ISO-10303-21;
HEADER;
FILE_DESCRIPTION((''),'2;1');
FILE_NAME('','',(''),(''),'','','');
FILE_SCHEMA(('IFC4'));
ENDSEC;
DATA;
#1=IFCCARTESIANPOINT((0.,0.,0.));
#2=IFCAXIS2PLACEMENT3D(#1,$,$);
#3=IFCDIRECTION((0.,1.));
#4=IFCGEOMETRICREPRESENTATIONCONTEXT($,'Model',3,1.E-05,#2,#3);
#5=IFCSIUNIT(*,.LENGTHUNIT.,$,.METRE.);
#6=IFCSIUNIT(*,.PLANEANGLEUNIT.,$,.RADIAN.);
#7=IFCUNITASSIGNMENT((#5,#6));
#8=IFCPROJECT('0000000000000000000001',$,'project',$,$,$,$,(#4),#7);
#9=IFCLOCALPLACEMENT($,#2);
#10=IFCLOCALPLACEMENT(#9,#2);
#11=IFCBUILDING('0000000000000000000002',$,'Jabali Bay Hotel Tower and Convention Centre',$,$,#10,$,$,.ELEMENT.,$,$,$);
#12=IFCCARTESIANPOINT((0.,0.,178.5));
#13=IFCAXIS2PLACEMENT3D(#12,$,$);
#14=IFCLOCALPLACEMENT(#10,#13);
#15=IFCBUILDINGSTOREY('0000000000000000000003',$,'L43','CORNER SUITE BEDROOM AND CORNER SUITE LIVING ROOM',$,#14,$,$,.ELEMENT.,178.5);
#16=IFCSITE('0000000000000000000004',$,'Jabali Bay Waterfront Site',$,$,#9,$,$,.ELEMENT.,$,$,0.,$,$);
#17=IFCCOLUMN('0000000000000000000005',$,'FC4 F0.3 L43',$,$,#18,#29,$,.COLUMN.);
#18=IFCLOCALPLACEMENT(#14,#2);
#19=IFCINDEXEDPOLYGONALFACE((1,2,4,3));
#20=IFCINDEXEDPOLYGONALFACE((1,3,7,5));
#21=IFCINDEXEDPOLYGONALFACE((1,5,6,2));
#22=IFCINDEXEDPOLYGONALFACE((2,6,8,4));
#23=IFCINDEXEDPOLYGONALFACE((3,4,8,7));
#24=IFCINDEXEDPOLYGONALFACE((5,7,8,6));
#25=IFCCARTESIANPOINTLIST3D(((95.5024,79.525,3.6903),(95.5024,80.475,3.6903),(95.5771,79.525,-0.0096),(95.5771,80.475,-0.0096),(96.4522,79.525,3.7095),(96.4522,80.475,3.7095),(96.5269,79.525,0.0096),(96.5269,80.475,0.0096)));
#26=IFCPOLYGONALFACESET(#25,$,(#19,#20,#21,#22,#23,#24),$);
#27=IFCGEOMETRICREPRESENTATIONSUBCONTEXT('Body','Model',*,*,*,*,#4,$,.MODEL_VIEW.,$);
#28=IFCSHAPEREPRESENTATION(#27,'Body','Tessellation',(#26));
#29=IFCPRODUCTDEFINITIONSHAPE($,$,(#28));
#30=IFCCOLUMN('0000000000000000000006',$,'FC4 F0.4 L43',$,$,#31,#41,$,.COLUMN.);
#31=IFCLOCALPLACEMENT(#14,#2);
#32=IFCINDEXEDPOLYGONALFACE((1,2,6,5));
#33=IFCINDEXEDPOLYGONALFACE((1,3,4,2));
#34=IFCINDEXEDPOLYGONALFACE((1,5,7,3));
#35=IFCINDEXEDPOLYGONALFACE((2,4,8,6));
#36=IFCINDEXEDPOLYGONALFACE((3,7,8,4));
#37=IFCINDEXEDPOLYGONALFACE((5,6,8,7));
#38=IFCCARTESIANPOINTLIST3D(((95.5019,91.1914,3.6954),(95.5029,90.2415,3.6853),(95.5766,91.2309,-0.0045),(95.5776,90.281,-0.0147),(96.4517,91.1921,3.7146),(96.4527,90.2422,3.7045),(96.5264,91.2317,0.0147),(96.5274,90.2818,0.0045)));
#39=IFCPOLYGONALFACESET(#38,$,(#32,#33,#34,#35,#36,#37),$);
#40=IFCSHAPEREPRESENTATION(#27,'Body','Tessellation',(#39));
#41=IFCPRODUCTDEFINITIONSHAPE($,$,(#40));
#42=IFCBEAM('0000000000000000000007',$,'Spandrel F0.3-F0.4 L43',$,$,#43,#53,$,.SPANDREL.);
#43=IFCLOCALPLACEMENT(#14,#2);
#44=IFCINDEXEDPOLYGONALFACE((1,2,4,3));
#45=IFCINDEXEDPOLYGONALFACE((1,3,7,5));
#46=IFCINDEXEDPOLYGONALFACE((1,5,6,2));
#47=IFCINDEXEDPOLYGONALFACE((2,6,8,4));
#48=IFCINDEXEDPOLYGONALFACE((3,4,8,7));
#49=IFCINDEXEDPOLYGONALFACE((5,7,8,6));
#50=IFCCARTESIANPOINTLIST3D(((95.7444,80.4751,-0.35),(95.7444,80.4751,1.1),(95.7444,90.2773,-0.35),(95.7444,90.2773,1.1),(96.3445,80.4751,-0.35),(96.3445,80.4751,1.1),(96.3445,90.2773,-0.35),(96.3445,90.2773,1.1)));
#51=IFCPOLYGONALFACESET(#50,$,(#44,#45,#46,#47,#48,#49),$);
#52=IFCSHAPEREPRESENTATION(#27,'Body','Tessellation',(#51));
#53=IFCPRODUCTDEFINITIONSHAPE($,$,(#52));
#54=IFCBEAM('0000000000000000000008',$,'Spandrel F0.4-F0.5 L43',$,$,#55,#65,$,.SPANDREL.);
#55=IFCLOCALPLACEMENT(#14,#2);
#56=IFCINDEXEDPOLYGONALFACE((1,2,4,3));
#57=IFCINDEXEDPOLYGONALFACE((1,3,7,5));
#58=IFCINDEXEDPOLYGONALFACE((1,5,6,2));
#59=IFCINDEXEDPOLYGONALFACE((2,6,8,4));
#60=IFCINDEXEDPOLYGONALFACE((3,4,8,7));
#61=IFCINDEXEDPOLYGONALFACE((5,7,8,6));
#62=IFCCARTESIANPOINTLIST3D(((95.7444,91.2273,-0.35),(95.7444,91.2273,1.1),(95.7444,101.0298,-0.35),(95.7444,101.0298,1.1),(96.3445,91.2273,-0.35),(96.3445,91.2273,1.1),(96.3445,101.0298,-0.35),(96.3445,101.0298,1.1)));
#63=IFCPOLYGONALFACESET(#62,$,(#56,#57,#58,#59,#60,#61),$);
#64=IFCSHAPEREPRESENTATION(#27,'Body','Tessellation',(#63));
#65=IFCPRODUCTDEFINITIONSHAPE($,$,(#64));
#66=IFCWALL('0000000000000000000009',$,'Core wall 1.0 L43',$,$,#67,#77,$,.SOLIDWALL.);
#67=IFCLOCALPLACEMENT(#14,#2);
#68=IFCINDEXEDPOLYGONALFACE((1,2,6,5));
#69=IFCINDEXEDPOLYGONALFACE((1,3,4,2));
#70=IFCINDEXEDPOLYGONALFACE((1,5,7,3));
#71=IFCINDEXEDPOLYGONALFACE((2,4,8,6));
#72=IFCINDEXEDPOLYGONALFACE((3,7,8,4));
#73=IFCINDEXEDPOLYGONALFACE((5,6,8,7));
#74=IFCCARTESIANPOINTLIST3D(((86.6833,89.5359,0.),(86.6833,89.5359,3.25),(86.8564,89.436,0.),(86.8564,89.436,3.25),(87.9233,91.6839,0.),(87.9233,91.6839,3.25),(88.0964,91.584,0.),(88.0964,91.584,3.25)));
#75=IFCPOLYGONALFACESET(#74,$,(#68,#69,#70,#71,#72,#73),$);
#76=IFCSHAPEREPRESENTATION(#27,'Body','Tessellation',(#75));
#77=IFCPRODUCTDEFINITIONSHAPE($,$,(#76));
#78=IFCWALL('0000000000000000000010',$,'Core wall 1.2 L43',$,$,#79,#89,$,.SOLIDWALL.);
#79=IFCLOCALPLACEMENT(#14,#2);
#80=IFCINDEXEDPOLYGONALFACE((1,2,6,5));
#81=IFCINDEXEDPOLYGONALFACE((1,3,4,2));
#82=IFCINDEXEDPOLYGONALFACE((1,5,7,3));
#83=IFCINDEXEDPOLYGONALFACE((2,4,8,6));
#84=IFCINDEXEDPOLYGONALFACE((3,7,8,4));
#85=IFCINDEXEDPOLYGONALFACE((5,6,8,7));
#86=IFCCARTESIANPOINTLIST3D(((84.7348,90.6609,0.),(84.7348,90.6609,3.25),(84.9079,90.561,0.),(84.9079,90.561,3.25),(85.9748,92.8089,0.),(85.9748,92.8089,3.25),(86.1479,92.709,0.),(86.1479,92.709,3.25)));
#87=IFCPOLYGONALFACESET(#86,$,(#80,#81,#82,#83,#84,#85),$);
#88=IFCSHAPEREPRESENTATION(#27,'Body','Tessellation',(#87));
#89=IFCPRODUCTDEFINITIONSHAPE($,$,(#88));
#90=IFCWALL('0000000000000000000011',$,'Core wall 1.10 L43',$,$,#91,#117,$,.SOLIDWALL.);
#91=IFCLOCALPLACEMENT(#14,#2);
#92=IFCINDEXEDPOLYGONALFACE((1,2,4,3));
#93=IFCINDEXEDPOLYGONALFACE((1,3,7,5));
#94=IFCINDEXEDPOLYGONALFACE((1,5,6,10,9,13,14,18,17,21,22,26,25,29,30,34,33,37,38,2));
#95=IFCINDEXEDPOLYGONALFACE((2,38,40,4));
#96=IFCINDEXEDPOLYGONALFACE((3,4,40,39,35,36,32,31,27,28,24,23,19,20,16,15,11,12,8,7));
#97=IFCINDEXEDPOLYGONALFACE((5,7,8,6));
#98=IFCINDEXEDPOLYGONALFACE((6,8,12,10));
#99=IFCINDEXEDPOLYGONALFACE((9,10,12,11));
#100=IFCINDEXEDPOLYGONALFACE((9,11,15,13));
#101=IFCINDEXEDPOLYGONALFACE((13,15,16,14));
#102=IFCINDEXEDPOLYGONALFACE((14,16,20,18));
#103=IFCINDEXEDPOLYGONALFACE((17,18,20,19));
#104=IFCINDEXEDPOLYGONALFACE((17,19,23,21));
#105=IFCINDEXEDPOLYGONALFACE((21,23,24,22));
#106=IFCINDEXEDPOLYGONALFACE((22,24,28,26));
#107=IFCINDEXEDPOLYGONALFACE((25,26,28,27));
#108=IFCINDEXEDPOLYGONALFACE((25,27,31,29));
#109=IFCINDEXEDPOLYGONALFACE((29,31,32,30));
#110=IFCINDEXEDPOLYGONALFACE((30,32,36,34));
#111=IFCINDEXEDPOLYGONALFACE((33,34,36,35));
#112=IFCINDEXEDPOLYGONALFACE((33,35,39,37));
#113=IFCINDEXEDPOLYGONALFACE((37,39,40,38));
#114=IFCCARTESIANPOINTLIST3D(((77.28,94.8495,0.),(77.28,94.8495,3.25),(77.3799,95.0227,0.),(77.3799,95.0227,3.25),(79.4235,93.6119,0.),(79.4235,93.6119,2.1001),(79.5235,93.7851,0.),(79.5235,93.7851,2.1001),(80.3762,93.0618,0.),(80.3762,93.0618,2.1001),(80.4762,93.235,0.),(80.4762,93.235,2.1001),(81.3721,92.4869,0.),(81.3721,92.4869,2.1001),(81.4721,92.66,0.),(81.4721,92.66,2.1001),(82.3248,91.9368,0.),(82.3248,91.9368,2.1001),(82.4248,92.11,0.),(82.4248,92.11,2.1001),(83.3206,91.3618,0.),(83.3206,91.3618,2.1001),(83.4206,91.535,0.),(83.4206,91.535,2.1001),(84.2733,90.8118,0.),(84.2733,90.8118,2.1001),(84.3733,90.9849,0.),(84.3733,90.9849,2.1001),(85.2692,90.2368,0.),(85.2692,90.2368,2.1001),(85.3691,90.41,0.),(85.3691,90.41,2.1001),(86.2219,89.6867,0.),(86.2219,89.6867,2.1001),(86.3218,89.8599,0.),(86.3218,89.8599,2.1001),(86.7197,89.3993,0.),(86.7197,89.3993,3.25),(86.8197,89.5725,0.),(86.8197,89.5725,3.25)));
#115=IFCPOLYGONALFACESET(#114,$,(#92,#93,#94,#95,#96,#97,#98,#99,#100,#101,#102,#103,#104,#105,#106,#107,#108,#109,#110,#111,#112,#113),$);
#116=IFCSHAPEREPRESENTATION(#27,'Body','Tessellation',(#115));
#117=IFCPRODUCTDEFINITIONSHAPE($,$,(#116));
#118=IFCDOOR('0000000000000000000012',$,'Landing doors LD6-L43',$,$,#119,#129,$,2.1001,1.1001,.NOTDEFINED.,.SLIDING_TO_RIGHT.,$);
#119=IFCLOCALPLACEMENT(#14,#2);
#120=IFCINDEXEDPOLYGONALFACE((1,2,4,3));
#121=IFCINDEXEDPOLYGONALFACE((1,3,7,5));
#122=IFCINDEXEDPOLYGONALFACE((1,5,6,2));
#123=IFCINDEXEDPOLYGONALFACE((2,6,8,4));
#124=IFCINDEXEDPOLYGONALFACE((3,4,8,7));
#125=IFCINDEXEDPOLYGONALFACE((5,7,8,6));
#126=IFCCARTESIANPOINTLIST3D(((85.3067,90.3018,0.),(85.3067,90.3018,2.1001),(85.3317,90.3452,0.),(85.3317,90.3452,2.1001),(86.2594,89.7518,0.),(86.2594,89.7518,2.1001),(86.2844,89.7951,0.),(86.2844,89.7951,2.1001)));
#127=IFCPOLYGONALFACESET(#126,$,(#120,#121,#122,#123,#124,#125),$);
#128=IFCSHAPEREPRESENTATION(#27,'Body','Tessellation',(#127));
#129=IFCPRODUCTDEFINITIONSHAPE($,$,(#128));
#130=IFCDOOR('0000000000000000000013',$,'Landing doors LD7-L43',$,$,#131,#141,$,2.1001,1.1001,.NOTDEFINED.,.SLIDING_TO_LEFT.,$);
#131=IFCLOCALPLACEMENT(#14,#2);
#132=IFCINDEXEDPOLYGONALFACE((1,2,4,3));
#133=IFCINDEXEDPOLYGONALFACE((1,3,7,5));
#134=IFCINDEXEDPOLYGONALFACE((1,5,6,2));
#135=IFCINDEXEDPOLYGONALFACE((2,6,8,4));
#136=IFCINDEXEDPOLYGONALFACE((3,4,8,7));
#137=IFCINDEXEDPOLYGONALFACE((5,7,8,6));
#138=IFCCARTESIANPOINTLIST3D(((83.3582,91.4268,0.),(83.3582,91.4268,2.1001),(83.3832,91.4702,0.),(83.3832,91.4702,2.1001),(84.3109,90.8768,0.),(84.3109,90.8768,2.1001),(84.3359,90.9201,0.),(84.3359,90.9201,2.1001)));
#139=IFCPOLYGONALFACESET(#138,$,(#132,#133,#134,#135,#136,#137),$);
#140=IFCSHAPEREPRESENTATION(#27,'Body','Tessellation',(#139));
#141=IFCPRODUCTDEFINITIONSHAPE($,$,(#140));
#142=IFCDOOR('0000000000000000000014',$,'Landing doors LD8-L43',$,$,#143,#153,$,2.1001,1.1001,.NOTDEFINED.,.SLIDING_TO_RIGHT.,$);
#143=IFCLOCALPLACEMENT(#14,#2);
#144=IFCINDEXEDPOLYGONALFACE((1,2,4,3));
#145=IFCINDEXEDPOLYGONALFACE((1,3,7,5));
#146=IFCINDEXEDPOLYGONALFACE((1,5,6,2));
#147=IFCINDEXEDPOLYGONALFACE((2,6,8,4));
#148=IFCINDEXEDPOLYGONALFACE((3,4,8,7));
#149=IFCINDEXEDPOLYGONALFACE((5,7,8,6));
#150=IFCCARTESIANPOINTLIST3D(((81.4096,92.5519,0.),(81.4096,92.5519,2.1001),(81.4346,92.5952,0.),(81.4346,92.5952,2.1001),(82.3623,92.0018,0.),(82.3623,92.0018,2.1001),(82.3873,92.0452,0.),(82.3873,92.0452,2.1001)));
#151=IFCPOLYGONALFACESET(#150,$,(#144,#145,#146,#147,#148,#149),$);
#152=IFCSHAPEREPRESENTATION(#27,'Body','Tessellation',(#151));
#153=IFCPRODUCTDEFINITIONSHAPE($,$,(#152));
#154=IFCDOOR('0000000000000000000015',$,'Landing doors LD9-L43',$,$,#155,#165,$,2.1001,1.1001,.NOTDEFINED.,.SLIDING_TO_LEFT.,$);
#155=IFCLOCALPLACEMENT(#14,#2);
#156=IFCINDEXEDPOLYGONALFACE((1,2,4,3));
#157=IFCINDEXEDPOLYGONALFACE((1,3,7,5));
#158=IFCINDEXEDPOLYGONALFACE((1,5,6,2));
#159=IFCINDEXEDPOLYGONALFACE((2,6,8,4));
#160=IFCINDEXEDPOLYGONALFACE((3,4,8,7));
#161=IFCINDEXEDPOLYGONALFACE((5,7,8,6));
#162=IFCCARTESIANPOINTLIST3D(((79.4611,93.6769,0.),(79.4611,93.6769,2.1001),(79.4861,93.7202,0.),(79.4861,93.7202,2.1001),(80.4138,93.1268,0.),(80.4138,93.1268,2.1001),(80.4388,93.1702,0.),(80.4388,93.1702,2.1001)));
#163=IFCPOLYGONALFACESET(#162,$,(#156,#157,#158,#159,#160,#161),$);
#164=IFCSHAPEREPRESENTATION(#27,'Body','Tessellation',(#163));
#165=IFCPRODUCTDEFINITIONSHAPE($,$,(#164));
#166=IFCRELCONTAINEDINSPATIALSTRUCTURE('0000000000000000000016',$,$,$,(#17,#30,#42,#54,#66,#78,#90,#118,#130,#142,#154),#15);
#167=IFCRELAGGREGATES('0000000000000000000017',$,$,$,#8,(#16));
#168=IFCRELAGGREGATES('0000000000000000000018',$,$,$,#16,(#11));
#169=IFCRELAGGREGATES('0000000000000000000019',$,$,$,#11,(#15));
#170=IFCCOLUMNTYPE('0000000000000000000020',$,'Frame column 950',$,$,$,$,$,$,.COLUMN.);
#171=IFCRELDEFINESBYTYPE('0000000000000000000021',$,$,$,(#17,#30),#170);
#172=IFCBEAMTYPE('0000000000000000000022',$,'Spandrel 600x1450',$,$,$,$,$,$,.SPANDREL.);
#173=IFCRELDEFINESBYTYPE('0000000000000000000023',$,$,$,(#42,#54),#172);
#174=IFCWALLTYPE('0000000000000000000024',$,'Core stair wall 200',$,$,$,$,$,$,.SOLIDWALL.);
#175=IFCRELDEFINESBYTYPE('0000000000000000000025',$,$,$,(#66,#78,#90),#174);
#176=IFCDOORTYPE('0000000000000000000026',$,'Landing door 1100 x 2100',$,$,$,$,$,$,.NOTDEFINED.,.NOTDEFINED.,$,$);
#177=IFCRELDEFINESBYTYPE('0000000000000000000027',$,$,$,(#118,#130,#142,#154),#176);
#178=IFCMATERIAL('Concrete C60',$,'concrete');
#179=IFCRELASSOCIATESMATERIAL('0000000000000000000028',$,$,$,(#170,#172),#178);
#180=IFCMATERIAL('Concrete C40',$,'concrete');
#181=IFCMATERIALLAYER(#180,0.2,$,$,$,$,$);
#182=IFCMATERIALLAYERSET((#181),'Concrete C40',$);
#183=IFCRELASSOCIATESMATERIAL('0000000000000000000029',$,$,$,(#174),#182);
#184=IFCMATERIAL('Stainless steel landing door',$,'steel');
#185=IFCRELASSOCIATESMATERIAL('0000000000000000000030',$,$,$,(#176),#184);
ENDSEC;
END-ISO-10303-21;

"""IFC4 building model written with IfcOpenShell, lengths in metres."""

from ifc_helpers import new_model, si_unit, direction, frame, frame_2d, origin, origin_2d, place, context, subcontext, project, spatial, rectangle, extrude, material, layer, layer_set, material_profile, profile_set, type_object, element, fill, save


model = new_model("IFC4")

# Units and contexts
model_context = context("Model", 3, precision=1e-05, world=origin(), true_north=direction((0.0, 1.0)))
body_context = subcontext(model_context, "Body", "Model", "MODEL_VIEW")
ifc_project = project(units=[si_unit("LENGTHUNIT", "METRE"), si_unit("PLANEANGLEUNIT", "RADIAN")], contexts=[model_context])

# Site, building, storey
site_placement = place(None, origin())
site = spatial("IfcSite", under=ifc_project, at=site_placement, Name="Jabali Bay Waterfront Site", CompositionType="ELEMENT", RefElevation=0.0)
building_placement = place(site_placement, origin())
building = spatial("IfcBuilding", under=site, at=building_placement, Name="Jabali Bay Hotel Tower and Convention Centre", CompositionType="ELEMENT")
storey_placement = place(building_placement, frame((0.0, 0.0, 178.5)))
storey = spatial("IfcBuildingStorey", under=building, at=storey_placement, Name="L43", Description="CORNER SUITE BEDROOM AND CORNER SUITE LIVING ROOM", CompositionType="ELEMENT", Elevation=178.5)

# Columns
ifc_material_1 = material(Name="Concrete C60", Category="concrete")
ifc_material_profile_1 = material_profile(ifc_material_1, rectangle(XDim=0.95, YDim=0.95, at=origin_2d()), Name="Frame column 950")
ifc_profile_set_1 = profile_set([ifc_material_profile_1], Name="Concrete C60")
column_type = type_object("IfcColumnType", Name="Frame column 950", PredefinedType="COLUMN", material=ifc_profile_set_1)
column_1_placement = place(storey_placement, frame((96.052, 80.0, 0.0), z_axis=(-0.020187, 0.0, 0.999796), x_axis=(0.0, -1.0, 0.0)))
element("IfcColumn", 1, at=column_1_placement, inside=storey, type_object=column_type, Name="FC4 F0.3 L43", PredefinedType="COLUMN", context=body_context, shape_type="SweptSolid", body=[
    extrude(rectangle(XDim=0.95, YDim=0.95, at=origin_2d()), origin(), (0.0, 0.0, 1.0), 3.7007),
])
column_2_placement = place(storey_placement, frame((96.052, 90.7563, 0.0), z_axis=(-0.020186, -0.010687, 0.999739), x_axis=(0.999796, 0.000808, 0.020196)))
element("IfcColumn", 2, at=column_2_placement, inside=storey, type_object=column_type, Name="FC4 F0.4 L43", PredefinedType="COLUMN", context=body_context, shape_type="SweptSolid", body=[
    extrude(rectangle(XDim=0.95, YDim=0.95, at=origin_2d()), origin(), (0.0, 0.0, 1.0), 3.7009),
])

# Beams
ifc_material_profile_2 = material_profile(ifc_material_1, rectangle(XDim=0.6001, YDim=1.45, at=origin_2d()), Name="Spandrel 600x1450")
ifc_profile_set_2 = profile_set([ifc_material_profile_2], Name="Concrete C60")
beam_type = type_object("IfcBeamType", Name="Spandrel 600x1450", PredefinedType="SPANDREL", material=ifc_profile_set_2)
beam_1_placement = place(storey_placement, frame((96.0444, 80.4751, 0.375), z_axis=(0.0, 1.0, 0.0), x_axis=(-1.0, 0.0, 0.0)))
element("IfcBeam", 3, at=beam_1_placement, inside=storey, type_object=beam_type, Name="Spandrel F0.3-F0.4 L43", PredefinedType="SPANDREL", context=body_context, shape_type="SweptSolid", body=[
    extrude(rectangle(XDim=0.6001, YDim=1.45, at=origin_2d()), origin(), (0.0, 0.0, 1.0), 9.8022),
])
beam_2_placement = place(storey_placement, frame((96.0444, 91.2273, 0.375), z_axis=(0.0, 1.0, 0.0), x_axis=(-1.0, 0.0, 0.0)))
element("IfcBeam", 4, at=beam_2_placement, inside=storey, type_object=beam_type, Name="Spandrel F0.4-F0.5 L43", PredefinedType="SPANDREL", context=body_context, shape_type="SweptSolid", body=[
    extrude(rectangle(XDim=0.6001, YDim=1.45, at=origin_2d()), origin(), (0.0, 0.0, 1.0), 9.8025),
])

# Walls
ifc_material_2 = material(Name="Concrete C40", Category="concrete")
ifc_layer_1 = layer(ifc_material_2, 0.2)
ifc_layer_set_1 = layer_set([ifc_layer_1], Name="Concrete C40")
wall_type_1 = type_object("IfcWallType", Name="Core stair wall 200", PredefinedType="SOLIDWALL", material=ifc_layer_set_1)
for number, where, z_axis, x_axis, name in (
    (5, (86.7698, 89.4858, 0.0), (0.0, 0.0, 1.0), (0.499961, 0.866048, 0.0), "Core wall 1.0 L43"),
    (6, (84.8213, 90.6108, 0.0), (0.0, 0.0, 1.0), (0.499961, 0.866048, 0.0), "Core wall 1.2 L43"),
):
    element("IfcWall", number, at=place(storey_placement, frame(where, z_axis=z_axis, x_axis=x_axis)), inside=storey, type_object=wall_type_1, Name=name, PredefinedType="SOLIDWALL", context=body_context, shape_type="SweptSolid", body=[
        extrude(rectangle(XDim=2.4802, YDim=0.2, at=frame_2d((1.2402, 0.0))), origin(), (0.0, 0.0, 1.0), 3.25),
    ])

# Wall, openings, doors
wall_1_placement = place(storey_placement, frame((86.7698, 89.4858, 0.0), z_axis=(0.0, 0.0, 1.0), x_axis=(-0.866018, 0.500013, 0.0)))
wall_1 = element("IfcWall", 7, at=wall_1_placement, inside=storey, type_object=wall_type_1, Name="Core wall 1.10 L43", PredefinedType="SOLIDWALL", context=body_context, shape_type="SweptSolid", body=[
    extrude(rectangle(XDim=10.9001, YDim=0.2, at=frame_2d((5.4502, 0.0))), origin(), (0.0, 0.0, 1.0), 3.25),
])
opening_1_placement = place(wall_1_placement, frame((0.575, 0.0, 0.0)))
opening_1 = element("IfcOpeningElement", 8, at=opening_1_placement, cuts=wall_1, PredefinedType="OPENING", context=body_context, shape_type="SweptSolid", body=[
    extrude(rectangle(XDim=1.1001, YDim=2.1001, at=frame_2d((0.55, 1.05))), frame((0.0, 0.1104, 0.0), z_axis=(0.0, -1.0, 0.0), x_axis=(1.0, 0.0, 0.0)), (0.0, 0.0, 1.0), 0.2209),
])
opening_2_placement = place(wall_1_placement, frame((2.825, 0.0, 0.0)))
opening_2 = element("IfcOpeningElement", 9, at=opening_2_placement, cuts=wall_1, PredefinedType="OPENING", context=body_context, shape_type="SweptSolid", body=[
    extrude(rectangle(XDim=1.1001, YDim=2.1001, at=frame_2d((0.55, 1.05))), frame((0.0, 0.1104, 0.0), z_axis=(0.0, -1.0, 0.0), x_axis=(1.0, 0.0, 0.0)), (0.0, 0.0, 1.0), 0.2209),
])
opening_3_placement = place(wall_1_placement, frame((5.075, 0.0, 0.0)))
opening_3 = element("IfcOpeningElement", 10, at=opening_3_placement, cuts=wall_1, PredefinedType="OPENING", context=body_context, shape_type="SweptSolid", body=[
    extrude(rectangle(XDim=1.1001, YDim=2.1001, at=frame_2d((0.55, 1.05))), frame((0.0, 0.1104, 0.0), z_axis=(0.0, -1.0, 0.0), x_axis=(1.0, 0.0, 0.0)), (0.0, 0.0, 1.0), 0.2209),
])
opening_4_placement = place(wall_1_placement, frame((7.325, 0.0, 0.0)))
opening_4 = element("IfcOpeningElement", 11, at=opening_4_placement, cuts=wall_1, PredefinedType="OPENING", context=body_context, shape_type="SweptSolid", body=[
    extrude(rectangle(XDim=1.1001, YDim=2.1001, at=frame_2d((0.55, 1.05))), frame((0.0, 0.1104, 0.0), z_axis=(0.0, -1.0, 0.0), x_axis=(1.0, 0.0, 0.0)), (0.0, 0.0, 1.0), 0.2209),
])
ifc_material_3 = material(Name="Stainless steel landing door", Category="steel")
door_type_1 = type_object("IfcDoorType", Name="Landing door 1100 x 2100", OperationType="NOTDEFINED", PredefinedType="NOTDEFINED", material=ifc_material_3)
door_1_placement = place(opening_1_placement, origin())
door_1 = element("IfcDoor", 12, at=door_1_placement, inside=storey, type_object=door_type_1, Name="Landing doors LD6-L43", OperationType="SLIDING_TO_RIGHT", OverallHeight=2.1001, OverallWidth=1.1001, PredefinedType="NOTDEFINED", context=body_context, shape_type="SweptSolid", body=[
    extrude(rectangle(XDim=1.1001, YDim=2.1001, at=frame_2d((0.55, 1.05))), frame((0.0, 0.0249, 0.0), z_axis=(0.0, -1.0, 0.0), x_axis=(1.0, 0.0, 0.0)), (0.0, 0.0, 1.0), 0.05),
])
fill(opening_1, door_1)
door_2_placement = place(opening_2_placement, origin())
door_2 = element("IfcDoor", 13, at=door_2_placement, inside=storey, type_object=door_type_1, Name="Landing doors LD7-L43", OperationType="SLIDING_TO_LEFT", OverallHeight=2.1001, OverallWidth=1.1001, PredefinedType="NOTDEFINED", context=body_context, shape_type="SweptSolid", body=[
    extrude(rectangle(XDim=1.1001, YDim=2.1001, at=frame_2d((0.55, 1.05))), frame((0.0, 0.0249, 0.0), z_axis=(0.0, -1.0, 0.0), x_axis=(1.0, 0.0, 0.0)), (0.0, 0.0, 1.0), 0.05),
])
fill(opening_2, door_2)
door_3_placement = place(opening_3_placement, origin())
door_3 = element("IfcDoor", 14, at=door_3_placement, inside=storey, type_object=door_type_1, Name="Landing doors LD8-L43", OperationType="SLIDING_TO_RIGHT", OverallHeight=2.1001, OverallWidth=1.1001, PredefinedType="NOTDEFINED", context=body_context, shape_type="SweptSolid", body=[
    extrude(rectangle(XDim=1.1001, YDim=2.1001, at=frame_2d((0.55, 1.05))), frame((0.0, 0.0249, 0.0), z_axis=(0.0, -1.0, 0.0), x_axis=(1.0, 0.0, 0.0)), (0.0, 0.0, 1.0), 0.05),
])
fill(opening_3, door_3)
door_4_placement = place(opening_4_placement, origin())
door_4 = element("IfcDoor", 15, at=door_4_placement, inside=storey, type_object=door_type_1, Name="Landing doors LD9-L43", OperationType="SLIDING_TO_LEFT", OverallHeight=2.1001, OverallWidth=1.1001, PredefinedType="NOTDEFINED", context=body_context, shape_type="SweptSolid", body=[
    extrude(rectangle(XDim=1.1001, YDim=2.1001, at=frame_2d((0.55, 1.05))), frame((0.0, 0.0249, 0.0), z_axis=(0.0, -1.0, 0.0), x_axis=(1.0, 0.0, 0.0)), (0.0, 0.0, 1.0), 0.05),
])
fill(opening_4, door_4)

save(model, "model.ifc")
